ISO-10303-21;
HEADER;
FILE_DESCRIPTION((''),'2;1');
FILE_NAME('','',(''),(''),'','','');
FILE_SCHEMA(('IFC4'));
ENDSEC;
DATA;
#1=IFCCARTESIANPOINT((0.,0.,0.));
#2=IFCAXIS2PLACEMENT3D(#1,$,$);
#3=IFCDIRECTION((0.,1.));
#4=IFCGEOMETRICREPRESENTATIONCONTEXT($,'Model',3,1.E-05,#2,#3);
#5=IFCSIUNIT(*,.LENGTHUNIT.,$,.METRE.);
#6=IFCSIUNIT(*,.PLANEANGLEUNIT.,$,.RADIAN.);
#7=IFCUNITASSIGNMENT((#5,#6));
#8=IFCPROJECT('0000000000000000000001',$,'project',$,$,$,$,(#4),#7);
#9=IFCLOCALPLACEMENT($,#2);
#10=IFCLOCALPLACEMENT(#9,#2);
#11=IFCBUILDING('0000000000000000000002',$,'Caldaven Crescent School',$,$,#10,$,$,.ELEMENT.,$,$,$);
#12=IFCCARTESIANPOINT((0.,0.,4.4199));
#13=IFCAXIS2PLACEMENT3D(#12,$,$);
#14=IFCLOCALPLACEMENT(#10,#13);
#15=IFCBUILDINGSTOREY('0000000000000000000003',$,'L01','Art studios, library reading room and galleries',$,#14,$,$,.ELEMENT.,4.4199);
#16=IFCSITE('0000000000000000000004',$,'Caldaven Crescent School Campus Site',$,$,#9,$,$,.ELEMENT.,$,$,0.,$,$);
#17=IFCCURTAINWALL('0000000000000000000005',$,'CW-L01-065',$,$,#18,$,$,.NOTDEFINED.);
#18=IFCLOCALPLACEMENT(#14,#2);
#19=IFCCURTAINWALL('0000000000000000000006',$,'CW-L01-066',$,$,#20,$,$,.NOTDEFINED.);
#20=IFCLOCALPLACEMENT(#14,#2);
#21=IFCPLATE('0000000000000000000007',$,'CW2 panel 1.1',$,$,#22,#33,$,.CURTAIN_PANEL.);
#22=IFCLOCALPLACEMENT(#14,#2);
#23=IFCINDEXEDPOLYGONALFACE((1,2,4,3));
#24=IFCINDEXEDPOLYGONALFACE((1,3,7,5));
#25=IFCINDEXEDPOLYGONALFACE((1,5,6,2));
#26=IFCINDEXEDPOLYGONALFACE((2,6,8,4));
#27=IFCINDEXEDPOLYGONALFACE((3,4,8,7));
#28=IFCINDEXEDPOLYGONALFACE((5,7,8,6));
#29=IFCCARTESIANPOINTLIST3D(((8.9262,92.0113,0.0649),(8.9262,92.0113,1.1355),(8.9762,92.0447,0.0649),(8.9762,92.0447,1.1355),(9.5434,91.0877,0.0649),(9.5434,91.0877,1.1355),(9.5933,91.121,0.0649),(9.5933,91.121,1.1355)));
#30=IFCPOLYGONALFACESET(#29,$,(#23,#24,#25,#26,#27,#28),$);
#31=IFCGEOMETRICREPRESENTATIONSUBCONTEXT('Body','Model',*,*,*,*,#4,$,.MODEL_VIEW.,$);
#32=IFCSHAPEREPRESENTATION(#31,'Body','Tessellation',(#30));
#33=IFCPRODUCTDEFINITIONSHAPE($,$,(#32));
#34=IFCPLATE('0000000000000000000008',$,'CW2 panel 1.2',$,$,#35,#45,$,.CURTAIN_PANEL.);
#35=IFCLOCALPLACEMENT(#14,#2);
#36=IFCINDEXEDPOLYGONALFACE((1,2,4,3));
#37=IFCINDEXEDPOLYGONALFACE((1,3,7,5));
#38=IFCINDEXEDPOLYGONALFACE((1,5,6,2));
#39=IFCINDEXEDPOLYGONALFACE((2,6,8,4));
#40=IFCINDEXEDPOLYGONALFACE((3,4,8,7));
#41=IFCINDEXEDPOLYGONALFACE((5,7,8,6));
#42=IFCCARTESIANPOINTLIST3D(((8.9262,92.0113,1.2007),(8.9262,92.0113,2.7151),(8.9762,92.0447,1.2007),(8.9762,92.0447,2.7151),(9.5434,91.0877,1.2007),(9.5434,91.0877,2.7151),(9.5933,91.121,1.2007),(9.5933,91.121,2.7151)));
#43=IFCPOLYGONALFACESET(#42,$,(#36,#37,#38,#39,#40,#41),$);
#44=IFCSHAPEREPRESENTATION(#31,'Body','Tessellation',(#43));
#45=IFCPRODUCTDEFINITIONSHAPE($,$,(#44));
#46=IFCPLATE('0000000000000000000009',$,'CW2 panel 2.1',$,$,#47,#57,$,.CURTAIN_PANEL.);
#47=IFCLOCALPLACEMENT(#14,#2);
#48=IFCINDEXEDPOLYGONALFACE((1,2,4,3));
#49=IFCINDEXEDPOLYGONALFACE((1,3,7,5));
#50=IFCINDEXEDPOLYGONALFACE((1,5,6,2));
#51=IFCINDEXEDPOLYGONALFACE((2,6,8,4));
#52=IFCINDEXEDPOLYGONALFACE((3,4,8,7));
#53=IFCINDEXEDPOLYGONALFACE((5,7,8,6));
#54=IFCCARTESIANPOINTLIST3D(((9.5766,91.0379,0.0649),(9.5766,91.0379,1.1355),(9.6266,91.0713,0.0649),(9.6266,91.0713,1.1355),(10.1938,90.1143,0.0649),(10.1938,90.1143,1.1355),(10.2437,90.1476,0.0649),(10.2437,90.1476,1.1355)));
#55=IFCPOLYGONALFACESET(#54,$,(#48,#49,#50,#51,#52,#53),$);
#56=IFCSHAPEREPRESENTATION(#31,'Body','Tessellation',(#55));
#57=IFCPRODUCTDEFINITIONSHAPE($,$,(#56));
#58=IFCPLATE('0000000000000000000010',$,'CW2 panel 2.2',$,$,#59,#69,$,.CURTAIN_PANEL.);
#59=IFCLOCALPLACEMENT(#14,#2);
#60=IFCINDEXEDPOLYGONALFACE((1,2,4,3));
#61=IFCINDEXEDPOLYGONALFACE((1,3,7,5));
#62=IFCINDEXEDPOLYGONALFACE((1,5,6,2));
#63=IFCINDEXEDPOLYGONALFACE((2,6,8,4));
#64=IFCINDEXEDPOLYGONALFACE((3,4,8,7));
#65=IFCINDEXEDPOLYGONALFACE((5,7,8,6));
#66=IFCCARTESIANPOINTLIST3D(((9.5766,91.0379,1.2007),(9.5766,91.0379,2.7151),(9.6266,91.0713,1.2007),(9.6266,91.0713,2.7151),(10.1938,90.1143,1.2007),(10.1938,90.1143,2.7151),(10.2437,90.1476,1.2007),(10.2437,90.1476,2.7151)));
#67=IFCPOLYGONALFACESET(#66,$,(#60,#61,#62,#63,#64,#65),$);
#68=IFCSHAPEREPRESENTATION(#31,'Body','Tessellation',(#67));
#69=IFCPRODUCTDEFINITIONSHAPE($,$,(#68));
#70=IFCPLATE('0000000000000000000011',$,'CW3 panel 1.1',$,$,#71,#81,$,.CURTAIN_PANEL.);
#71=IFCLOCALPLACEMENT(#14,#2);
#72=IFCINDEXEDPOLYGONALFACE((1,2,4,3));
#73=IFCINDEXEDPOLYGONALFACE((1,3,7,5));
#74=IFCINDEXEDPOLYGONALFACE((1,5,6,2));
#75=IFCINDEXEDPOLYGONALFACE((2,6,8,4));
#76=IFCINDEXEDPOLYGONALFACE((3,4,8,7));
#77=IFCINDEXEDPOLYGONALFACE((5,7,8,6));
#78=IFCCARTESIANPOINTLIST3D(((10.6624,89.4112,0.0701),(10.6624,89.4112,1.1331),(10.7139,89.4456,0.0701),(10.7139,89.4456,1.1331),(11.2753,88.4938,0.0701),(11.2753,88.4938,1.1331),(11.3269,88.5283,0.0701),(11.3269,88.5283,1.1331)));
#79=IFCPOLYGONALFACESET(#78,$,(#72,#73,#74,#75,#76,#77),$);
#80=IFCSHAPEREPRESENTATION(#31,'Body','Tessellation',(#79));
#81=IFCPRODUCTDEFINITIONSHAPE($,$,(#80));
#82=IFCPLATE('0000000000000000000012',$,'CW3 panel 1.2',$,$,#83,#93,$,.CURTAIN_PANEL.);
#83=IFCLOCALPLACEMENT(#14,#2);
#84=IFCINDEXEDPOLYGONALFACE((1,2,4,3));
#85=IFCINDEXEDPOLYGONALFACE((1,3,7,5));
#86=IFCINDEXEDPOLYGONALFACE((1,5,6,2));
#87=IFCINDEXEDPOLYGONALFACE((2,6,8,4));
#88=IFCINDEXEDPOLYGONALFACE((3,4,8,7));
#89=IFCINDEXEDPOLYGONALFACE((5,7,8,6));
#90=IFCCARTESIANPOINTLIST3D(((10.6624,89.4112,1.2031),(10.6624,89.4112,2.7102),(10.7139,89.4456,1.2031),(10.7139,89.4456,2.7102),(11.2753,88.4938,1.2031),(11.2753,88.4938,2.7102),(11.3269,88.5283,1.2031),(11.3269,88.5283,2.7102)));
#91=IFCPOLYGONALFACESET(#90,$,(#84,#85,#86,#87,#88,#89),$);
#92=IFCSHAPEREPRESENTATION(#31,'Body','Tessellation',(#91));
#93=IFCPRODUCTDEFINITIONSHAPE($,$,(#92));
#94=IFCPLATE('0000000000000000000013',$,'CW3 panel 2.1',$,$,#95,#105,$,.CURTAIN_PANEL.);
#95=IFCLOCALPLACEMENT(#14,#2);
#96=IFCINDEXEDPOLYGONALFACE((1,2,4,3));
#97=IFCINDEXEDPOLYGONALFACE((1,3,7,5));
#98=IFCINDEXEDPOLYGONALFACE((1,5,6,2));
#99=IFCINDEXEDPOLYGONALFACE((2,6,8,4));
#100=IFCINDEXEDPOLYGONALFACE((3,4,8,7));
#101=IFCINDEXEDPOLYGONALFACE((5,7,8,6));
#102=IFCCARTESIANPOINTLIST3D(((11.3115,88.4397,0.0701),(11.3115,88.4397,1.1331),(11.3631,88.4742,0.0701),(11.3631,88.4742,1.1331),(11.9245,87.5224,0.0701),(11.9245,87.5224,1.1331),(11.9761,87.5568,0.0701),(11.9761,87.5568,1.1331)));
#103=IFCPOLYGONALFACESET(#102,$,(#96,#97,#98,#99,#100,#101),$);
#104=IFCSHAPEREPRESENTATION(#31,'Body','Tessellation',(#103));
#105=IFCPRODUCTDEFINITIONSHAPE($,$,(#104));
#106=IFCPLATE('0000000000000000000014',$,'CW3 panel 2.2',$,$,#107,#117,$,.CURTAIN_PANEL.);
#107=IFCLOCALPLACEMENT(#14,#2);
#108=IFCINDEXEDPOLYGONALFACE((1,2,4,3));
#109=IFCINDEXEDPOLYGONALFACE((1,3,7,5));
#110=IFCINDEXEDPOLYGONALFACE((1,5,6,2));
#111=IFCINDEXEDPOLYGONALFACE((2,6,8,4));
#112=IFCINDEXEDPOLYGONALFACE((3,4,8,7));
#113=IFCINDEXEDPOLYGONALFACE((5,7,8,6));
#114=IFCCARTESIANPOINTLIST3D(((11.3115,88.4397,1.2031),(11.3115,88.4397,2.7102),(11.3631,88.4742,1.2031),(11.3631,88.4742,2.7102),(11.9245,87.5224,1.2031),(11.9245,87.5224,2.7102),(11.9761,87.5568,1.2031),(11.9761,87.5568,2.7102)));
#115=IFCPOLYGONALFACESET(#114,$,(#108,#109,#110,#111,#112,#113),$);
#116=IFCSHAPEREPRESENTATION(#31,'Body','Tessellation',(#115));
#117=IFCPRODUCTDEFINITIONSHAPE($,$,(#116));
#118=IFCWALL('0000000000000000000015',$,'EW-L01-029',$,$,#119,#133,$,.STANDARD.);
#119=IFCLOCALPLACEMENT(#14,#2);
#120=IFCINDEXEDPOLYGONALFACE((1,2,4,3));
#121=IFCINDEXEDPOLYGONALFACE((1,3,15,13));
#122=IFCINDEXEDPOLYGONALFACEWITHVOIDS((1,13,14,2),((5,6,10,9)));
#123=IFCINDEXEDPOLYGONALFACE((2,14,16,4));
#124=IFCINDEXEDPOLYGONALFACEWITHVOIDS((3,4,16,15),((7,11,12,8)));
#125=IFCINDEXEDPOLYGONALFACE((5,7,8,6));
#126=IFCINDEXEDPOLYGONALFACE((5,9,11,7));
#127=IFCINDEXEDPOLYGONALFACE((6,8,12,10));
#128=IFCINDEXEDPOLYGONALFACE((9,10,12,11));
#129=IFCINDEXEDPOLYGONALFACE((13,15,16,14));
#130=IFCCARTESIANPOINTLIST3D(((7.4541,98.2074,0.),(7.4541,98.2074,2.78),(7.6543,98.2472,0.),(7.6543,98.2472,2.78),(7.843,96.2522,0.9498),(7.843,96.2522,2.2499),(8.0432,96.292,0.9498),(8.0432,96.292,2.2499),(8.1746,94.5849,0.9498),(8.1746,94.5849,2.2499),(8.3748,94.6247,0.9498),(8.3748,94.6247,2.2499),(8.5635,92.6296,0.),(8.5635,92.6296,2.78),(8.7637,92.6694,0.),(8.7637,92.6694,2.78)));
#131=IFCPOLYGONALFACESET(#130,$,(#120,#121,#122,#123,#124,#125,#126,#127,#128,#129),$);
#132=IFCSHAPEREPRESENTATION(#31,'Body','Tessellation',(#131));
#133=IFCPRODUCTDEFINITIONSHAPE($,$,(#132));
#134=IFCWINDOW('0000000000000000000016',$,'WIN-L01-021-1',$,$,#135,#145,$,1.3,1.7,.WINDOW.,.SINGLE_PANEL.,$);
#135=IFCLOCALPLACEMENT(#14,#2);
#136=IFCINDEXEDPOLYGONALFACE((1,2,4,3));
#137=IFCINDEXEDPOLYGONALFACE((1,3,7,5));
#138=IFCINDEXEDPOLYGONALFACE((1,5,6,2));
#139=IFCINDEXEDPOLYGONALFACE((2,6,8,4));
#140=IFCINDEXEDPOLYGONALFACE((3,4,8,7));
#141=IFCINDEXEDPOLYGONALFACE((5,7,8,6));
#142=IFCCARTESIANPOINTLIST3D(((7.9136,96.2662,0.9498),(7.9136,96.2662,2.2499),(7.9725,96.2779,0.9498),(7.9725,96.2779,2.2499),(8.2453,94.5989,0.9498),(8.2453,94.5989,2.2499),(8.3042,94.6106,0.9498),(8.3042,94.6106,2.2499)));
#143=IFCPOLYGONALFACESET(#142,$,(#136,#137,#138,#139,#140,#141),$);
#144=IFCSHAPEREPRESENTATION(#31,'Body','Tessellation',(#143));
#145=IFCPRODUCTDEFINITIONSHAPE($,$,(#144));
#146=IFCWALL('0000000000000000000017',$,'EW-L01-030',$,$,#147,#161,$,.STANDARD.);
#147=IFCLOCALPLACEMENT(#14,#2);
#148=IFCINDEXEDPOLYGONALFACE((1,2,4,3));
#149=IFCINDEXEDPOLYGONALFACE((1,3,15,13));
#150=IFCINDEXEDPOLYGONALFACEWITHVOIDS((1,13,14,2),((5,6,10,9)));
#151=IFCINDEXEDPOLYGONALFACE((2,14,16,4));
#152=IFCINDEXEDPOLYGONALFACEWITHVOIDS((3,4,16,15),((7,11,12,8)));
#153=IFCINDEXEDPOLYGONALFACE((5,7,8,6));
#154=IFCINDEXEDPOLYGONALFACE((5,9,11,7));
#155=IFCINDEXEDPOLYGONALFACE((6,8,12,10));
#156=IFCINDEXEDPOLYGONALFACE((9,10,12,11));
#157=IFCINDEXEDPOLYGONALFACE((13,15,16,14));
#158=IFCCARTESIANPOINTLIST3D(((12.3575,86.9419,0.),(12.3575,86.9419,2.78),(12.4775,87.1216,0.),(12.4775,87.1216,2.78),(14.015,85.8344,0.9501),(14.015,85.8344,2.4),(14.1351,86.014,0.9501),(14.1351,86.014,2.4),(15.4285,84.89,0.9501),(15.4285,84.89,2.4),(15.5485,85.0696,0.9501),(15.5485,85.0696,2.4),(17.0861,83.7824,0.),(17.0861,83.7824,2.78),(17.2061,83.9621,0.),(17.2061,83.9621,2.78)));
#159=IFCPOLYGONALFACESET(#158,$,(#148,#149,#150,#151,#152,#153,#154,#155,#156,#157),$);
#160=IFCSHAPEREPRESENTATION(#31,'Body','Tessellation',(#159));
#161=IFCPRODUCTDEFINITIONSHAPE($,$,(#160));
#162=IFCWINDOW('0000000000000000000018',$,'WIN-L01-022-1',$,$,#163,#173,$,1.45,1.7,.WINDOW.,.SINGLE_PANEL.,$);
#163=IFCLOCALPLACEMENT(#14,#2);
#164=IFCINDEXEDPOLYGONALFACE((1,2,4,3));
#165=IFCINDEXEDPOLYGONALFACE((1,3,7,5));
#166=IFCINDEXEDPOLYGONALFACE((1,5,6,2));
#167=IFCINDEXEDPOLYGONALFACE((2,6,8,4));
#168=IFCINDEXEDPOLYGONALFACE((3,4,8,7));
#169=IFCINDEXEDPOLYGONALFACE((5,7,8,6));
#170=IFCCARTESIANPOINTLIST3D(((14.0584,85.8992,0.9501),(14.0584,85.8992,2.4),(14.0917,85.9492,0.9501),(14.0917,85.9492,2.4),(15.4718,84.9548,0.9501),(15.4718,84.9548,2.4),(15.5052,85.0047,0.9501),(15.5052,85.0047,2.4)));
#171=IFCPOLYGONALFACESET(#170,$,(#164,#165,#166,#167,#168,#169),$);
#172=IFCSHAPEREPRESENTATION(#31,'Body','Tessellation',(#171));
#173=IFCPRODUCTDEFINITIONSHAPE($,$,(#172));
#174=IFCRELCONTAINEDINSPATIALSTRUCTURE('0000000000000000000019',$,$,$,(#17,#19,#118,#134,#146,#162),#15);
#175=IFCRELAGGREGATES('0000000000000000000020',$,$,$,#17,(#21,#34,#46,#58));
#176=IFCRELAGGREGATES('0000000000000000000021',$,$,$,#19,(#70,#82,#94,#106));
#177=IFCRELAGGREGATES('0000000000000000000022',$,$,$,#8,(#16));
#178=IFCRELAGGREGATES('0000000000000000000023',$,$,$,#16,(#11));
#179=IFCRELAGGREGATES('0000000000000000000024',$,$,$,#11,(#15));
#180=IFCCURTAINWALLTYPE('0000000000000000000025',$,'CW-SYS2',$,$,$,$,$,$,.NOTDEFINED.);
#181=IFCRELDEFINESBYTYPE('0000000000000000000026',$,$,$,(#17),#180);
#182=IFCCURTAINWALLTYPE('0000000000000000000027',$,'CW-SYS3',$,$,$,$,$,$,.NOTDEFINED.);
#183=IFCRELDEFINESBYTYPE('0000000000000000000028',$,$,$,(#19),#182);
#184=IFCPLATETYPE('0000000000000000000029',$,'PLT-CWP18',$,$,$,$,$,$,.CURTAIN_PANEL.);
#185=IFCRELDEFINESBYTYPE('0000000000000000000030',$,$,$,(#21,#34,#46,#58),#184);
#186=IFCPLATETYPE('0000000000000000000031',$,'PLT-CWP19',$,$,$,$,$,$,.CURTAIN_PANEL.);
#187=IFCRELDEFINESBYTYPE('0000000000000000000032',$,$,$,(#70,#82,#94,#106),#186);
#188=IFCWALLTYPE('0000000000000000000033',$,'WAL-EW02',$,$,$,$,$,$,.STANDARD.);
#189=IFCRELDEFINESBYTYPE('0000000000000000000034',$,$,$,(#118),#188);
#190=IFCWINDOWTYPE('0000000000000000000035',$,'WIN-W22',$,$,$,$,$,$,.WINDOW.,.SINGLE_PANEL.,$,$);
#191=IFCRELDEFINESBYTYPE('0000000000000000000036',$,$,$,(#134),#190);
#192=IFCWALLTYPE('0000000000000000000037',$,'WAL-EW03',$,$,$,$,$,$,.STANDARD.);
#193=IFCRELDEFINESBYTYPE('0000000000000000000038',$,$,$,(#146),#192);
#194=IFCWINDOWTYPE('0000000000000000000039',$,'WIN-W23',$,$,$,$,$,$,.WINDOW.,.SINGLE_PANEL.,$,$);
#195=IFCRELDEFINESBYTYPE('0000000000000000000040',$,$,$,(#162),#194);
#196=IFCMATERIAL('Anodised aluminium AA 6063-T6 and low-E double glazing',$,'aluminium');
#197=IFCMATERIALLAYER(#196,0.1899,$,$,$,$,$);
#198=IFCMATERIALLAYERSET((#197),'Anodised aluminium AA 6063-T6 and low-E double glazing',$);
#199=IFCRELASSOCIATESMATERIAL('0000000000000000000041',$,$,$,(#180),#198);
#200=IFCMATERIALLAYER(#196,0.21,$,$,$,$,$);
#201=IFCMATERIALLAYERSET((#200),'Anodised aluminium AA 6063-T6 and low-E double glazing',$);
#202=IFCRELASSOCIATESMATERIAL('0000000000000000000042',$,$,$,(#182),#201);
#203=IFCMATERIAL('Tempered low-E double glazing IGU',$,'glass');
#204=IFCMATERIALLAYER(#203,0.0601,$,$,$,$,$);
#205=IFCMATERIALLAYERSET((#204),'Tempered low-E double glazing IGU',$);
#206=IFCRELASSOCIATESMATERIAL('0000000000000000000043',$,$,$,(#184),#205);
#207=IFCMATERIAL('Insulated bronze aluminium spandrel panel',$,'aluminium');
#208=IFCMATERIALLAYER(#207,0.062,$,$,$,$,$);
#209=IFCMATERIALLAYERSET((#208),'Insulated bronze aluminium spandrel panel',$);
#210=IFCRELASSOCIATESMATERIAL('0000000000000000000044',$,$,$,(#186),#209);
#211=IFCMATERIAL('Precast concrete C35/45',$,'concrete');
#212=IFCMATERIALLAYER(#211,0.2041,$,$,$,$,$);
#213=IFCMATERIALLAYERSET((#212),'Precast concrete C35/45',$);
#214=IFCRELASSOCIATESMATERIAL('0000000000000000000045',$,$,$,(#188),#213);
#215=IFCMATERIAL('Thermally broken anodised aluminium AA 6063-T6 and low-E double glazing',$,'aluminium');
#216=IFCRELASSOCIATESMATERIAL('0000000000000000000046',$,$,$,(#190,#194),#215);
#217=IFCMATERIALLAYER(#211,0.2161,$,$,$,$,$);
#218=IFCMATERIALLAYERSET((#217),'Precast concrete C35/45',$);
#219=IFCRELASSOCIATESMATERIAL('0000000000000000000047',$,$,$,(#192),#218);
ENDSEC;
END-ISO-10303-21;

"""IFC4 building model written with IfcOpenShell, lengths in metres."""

from ifc_helpers import new_model, si_unit, direction, frame, frame_2d, origin, origin_2d, place, context, subcontext, project, spatial, rectangle, extrude, material, layer, layer_set, type_object, element, fill, aggregate, save


model = new_model("IFC4")

# Units and contexts
model_context = context("Model", 3, precision=1e-05, world=origin(), true_north=direction((0.0, 1.0)))
body_context = subcontext(model_context, "Body", "Model", "MODEL_VIEW")
ifc_project = project(units=[si_unit("LENGTHUNIT", "METRE"), si_unit("PLANEANGLEUNIT", "RADIAN")], contexts=[model_context])

# Site, building, storey
site_placement = place(None, origin())
site = spatial("IfcSite", under=ifc_project, at=site_placement, Name="Caldaven Crescent School Campus Site", CompositionType="ELEMENT", RefElevation=0.0)
building_placement = place(site_placement, origin())
building = spatial("IfcBuilding", under=site, at=building_placement, Name="Caldaven Crescent School", CompositionType="ELEMENT")
storey_placement = place(building_placement, frame((0.0, 0.0, 4.4199)))
storey = spatial("IfcBuildingStorey", under=building, at=storey_placement, Name="L01", Description="Art studios, library reading room and galleries", CompositionType="ELEMENT", Elevation=4.4199)

# Curtain walls
ifc_material_1 = material(Name="Anodised aluminium AA 6063-T6 and low-E double glazing", Category="aluminium")
ifc_layer_1 = layer(ifc_material_1, 0.1899)
ifc_layer_set_1 = layer_set([ifc_layer_1], Name="Anodised aluminium AA 6063-T6 and low-E double glazing")
curtain_wall_type_1 = type_object("IfcCurtainWallType", Name="CW-SYS2", PredefinedType="NOTDEFINED", material=ifc_layer_set_1)
curtain_wall_1_placement = place(storey_placement, origin())
curtain_wall_1 = element("IfcCurtainWall", 1, at=curtain_wall_1_placement, inside=storey, type_object=curtain_wall_type_1, Name="CW-L01-065", PredefinedType="NOTDEFINED")
ifc_layer_2 = layer(ifc_material_1, 0.21)
ifc_layer_set_2 = layer_set([ifc_layer_2], Name="Anodised aluminium AA 6063-T6 and low-E double glazing")
curtain_wall_type_2 = type_object("IfcCurtainWallType", Name="CW-SYS3", PredefinedType="NOTDEFINED", material=ifc_layer_set_2)
curtain_wall_2_placement = place(storey_placement, origin())
curtain_wall_2 = element("IfcCurtainWall", 2, at=curtain_wall_2_placement, inside=storey, type_object=curtain_wall_type_2, Name="CW-L01-066", PredefinedType="NOTDEFINED")

# Plates
ifc_material_2 = material(Name="Tempered low-E double glazing IGU", Category="glass")
ifc_layer_3 = layer(ifc_material_2, 0.0601)
ifc_layer_set_3 = layer_set([ifc_layer_3], Name="Tempered low-E double glazing IGU")
plate_type_1 = type_object("IfcPlateType", Name="PLT-CWP18", PredefinedType="CURTAIN_PANEL", material=ifc_layer_set_3)
plate_1_placement = place(storey_placement, frame((9.2598, 91.5662, 0.0649), z_axis=(0.0, 0.0, 1.0), x_axis=(0.55557, -0.83147, 0.0)))
plate_1 = element("IfcPlate", 3, at=plate_1_placement, type_object=plate_type_1, Name="CW2 panel 1.1", PredefinedType="CURTAIN_PANEL", context=body_context, shape_type="SweptSolid", body=[
    extrude(rectangle(XDim=1.1108, YDim=0.0601, at=origin_2d()), origin(), (0.0, 0.0, 1.0), 1.0706),
])
plate_2_placement = place(storey_placement, frame((9.2598, 91.5662, 1.2007), z_axis=(0.0, 0.0, 1.0), x_axis=(0.55557, -0.83147, 0.0)))
plate_2 = element("IfcPlate", 4, at=plate_2_placement, type_object=plate_type_1, Name="CW2 panel 1.2", PredefinedType="CURTAIN_PANEL", context=body_context, shape_type="SweptSolid", body=[
    extrude(rectangle(XDim=1.1108, YDim=0.0601, at=origin_2d()), origin(), (0.0, 0.0, 1.0), 1.5144),
])
plate_3_placement = place(storey_placement, frame((9.9102, 90.5928, 0.0649), z_axis=(0.0, 0.0, 1.0), x_axis=(0.55557, -0.83147, 0.0)))
plate_3 = element("IfcPlate", 5, at=plate_3_placement, type_object=plate_type_1, Name="CW2 panel 2.1", PredefinedType="CURTAIN_PANEL", context=body_context, shape_type="SweptSolid", body=[
    extrude(rectangle(XDim=1.1108, YDim=0.0601, at=origin_2d()), origin(), (0.0, 0.0, 1.0), 1.0706),
])
plate_4_placement = place(storey_placement, frame((9.9102, 90.5928, 1.2007), z_axis=(0.0, 0.0, 1.0), x_axis=(0.55557, -0.83147, 0.0)))
plate_4 = element("IfcPlate", 6, at=plate_4_placement, type_object=plate_type_1, Name="CW2 panel 2.2", PredefinedType="CURTAIN_PANEL", context=body_context, shape_type="SweptSolid", body=[
    extrude(rectangle(XDim=1.1108, YDim=0.0601, at=origin_2d()), origin(), (0.0, 0.0, 1.0), 1.5144),
])
aggregate(curtain_wall_1, [plate_1, plate_2, plate_3, plate_4])
ifc_material_3 = material(Name="Insulated bronze aluminium spandrel panel", Category="aluminium")
ifc_layer_4 = layer(ifc_material_3, 0.062)
ifc_layer_set_4 = layer_set([ifc_layer_4], Name="Insulated bronze aluminium spandrel panel")
plate_type_2 = type_object("IfcPlateType", Name="PLT-CWP19", PredefinedType="CURTAIN_PANEL", material=ifc_layer_set_4)
plate_5_placement = place(storey_placement, frame((10.9946, 88.9697, 0.0701), z_axis=(0.0, 0.0, 1.0), x_axis=(0.555572, -0.831468, 0.0)))
plate_5 = element("IfcPlate", 7, at=plate_5_placement, type_object=plate_type_2, Name="CW3 panel 1.1", PredefinedType="CURTAIN_PANEL", context=body_context, shape_type="SweptSolid", body=[
    extrude(rectangle(XDim=1.1033, YDim=0.062, at=origin_2d()), origin(), (0.0, 0.0, 1.0), 1.063),
])
plate_6_placement = place(storey_placement, frame((10.9946, 88.9697, 1.2031), z_axis=(0.0, 0.0, 1.0), x_axis=(0.555572, -0.831468, 0.0)))
plate_6 = element("IfcPlate", 8, at=plate_6_placement, type_object=plate_type_2, Name="CW3 panel 1.2", PredefinedType="CURTAIN_PANEL", context=body_context, shape_type="SweptSolid", body=[
    extrude(rectangle(XDim=1.1033, YDim=0.062, at=origin_2d()), origin(), (0.0, 0.0, 1.0), 1.5071),
])
plate_7_placement = place(storey_placement, frame((11.6438, 87.9983, 0.0701), z_axis=(0.0, 0.0, 1.0), x_axis=(0.555572, -0.831468, 0.0)))
plate_7 = element("IfcPlate", 9, at=plate_7_placement, type_object=plate_type_2, Name="CW3 panel 2.1", PredefinedType="CURTAIN_PANEL", context=body_context, shape_type="SweptSolid", body=[
    extrude(rectangle(XDim=1.1033, YDim=0.062, at=origin_2d()), origin(), (0.0, 0.0, 1.0), 1.063),
])
plate_8_placement = place(storey_placement, frame((11.6438, 87.9983, 1.2031), z_axis=(0.0, 0.0, 1.0), x_axis=(0.555572, -0.831468, 0.0)))
plate_8 = element("IfcPlate", 10, at=plate_8_placement, type_object=plate_type_2, Name="CW3 panel 2.2", PredefinedType="CURTAIN_PANEL", context=body_context, shape_type="SweptSolid", body=[
    extrude(rectangle(XDim=1.1033, YDim=0.062, at=origin_2d()), origin(), (0.0, 0.0, 1.0), 1.5071),
])
aggregate(curtain_wall_2, [plate_5, plate_6, plate_7, plate_8])

# Walls, openings, windows
ifc_material_4 = material(Name="Precast concrete C35/45", Category="concrete")
ifc_layer_5 = layer(ifc_material_4, 0.2041)
ifc_layer_set_5 = layer_set([ifc_layer_5], Name="Precast concrete C35/45")
wall_type_1 = type_object("IfcWallType", Name="WAL-EW02", PredefinedType="STANDARD", material=ifc_layer_set_5)
wall_1_placement = place(storey_placement, frame((7.5542, 98.2273, 0.0), z_axis=(0.0, 0.0, 1.0), x_axis=(0.195076, -0.980788, 0.0)))
wall_1 = element("IfcWall", 11, at=wall_1_placement, inside=storey, type_object=wall_type_1, Name="EW-L01-029", PredefinedType="STANDARD", context=body_context, shape_type="SweptSolid", body=[
    extrude(rectangle(XDim=5.687, YDim=0.2041, at=frame_2d((2.8435, 0.0))), origin(), (0.0, 0.0, 1.0), 2.78),
])
opening_1_placement = place(wall_1_placement, frame((1.9934, 0.0, 0.95)))
opening_1 = element("IfcOpeningElement", 12, at=opening_1_placement, cuts=wall_1, PredefinedType="OPENING", context=body_context, shape_type="SweptSolid", body=[
    extrude(rectangle(XDim=1.7, YDim=1.3, at=frame_2d((0.8501, 0.6499))), frame((0.0, 0.1121, 0.0), z_axis=(0.0, -1.0, 0.0), x_axis=(1.0, 0.0, 0.0)), (0.0, 0.0, 1.0), 0.2241),
])
ifc_material_5 = material(Name="Thermally broken anodised aluminium AA 6063-T6 and low-E double glazing", Category="aluminium")
window_type_1 = type_object("IfcWindowType", Name="WIN-W22", PartitioningType="SINGLE_PANEL", PredefinedType="WINDOW", material=ifc_material_5)
window_1_placement = place(opening_1_placement, origin())
window_1 = element("IfcWindow", 13, at=window_1_placement, inside=storey, type_object=window_type_1, Name="WIN-L01-021-1", OverallHeight=1.3, OverallWidth=1.7, PartitioningType="SINGLE_PANEL", PredefinedType="WINDOW", context=body_context, shape_type="SweptSolid", body=[
    extrude(rectangle(XDim=1.7, YDim=1.3, at=frame_2d((0.8501, 0.6499))), frame((0.0, 0.03, 0.0), z_axis=(0.0, -1.0, 0.0), x_axis=(1.0, 0.0, 0.0)), (0.0, 0.0, 1.0), 0.0601),
])
fill(opening_1, window_1)
ifc_layer_6 = layer(ifc_material_4, 0.2161)
ifc_layer_set_6 = layer_set([ifc_layer_6], Name="Precast concrete C35/45")
wall_type_2 = type_object("IfcWallType", Name="WAL-EW03", PredefinedType="STANDARD", material=ifc_layer_set_6)
wall_2_placement = place(storey_placement, frame((12.4175, 87.0317, 0.0), z_axis=(0.0, 0.0, 1.0), x_axis=(0.831475, -0.555562, 0.0)))
wall_2 = element("IfcWall", 14, at=wall_2_placement, inside=storey, type_object=wall_type_2, Name="EW-L01-030", PredefinedType="STANDARD", context=body_context, shape_type="SweptSolid", body=[
    extrude(rectangle(XDim=5.687, YDim=0.2161, at=frame_2d((2.8435, 0.0))), origin(), (0.0, 0.0, 1.0), 2.78),
])
opening_2_placement = place(wall_2_placement, frame((1.9934, 0.0, 0.95)))
opening_2 = element("IfcOpeningElement", 15, at=opening_2_placement, cuts=wall_2, PredefinedType="OPENING", context=body_context, shape_type="SweptSolid", body=[
    extrude(rectangle(XDim=1.7, YDim=1.45, at=frame_2d((0.8501, 0.7251))), frame((0.0, 0.1179, 0.0), z_axis=(0.0, -1.0, 0.0), x_axis=(1.0, 0.0, 0.0)), (0.0, 0.0, 1.0), 0.2361),
])
window_type_2 = type_object("IfcWindowType", Name="WIN-W23", PartitioningType="SINGLE_PANEL", PredefinedType="WINDOW", material=ifc_material_5)
window_2_placement = place(opening_2_placement, origin())
window_2 = element("IfcWindow", 16, at=window_2_placement, inside=storey, type_object=window_type_2, Name="WIN-L01-022-1", OverallHeight=1.45, OverallWidth=1.7, PartitioningType="SINGLE_PANEL", PredefinedType="WINDOW", context=body_context, shape_type="SweptSolid", body=[
    extrude(rectangle(XDim=1.7, YDim=1.45, at=frame_2d((0.8501, 0.7251))), frame((0.0, 0.03, 0.0), z_axis=(0.0, -1.0, 0.0), x_axis=(1.0, 0.0, 0.0)), (0.0, 0.0, 1.0), 0.0601),
])
fill(opening_2, window_2)

save(model, "model.ifc")
